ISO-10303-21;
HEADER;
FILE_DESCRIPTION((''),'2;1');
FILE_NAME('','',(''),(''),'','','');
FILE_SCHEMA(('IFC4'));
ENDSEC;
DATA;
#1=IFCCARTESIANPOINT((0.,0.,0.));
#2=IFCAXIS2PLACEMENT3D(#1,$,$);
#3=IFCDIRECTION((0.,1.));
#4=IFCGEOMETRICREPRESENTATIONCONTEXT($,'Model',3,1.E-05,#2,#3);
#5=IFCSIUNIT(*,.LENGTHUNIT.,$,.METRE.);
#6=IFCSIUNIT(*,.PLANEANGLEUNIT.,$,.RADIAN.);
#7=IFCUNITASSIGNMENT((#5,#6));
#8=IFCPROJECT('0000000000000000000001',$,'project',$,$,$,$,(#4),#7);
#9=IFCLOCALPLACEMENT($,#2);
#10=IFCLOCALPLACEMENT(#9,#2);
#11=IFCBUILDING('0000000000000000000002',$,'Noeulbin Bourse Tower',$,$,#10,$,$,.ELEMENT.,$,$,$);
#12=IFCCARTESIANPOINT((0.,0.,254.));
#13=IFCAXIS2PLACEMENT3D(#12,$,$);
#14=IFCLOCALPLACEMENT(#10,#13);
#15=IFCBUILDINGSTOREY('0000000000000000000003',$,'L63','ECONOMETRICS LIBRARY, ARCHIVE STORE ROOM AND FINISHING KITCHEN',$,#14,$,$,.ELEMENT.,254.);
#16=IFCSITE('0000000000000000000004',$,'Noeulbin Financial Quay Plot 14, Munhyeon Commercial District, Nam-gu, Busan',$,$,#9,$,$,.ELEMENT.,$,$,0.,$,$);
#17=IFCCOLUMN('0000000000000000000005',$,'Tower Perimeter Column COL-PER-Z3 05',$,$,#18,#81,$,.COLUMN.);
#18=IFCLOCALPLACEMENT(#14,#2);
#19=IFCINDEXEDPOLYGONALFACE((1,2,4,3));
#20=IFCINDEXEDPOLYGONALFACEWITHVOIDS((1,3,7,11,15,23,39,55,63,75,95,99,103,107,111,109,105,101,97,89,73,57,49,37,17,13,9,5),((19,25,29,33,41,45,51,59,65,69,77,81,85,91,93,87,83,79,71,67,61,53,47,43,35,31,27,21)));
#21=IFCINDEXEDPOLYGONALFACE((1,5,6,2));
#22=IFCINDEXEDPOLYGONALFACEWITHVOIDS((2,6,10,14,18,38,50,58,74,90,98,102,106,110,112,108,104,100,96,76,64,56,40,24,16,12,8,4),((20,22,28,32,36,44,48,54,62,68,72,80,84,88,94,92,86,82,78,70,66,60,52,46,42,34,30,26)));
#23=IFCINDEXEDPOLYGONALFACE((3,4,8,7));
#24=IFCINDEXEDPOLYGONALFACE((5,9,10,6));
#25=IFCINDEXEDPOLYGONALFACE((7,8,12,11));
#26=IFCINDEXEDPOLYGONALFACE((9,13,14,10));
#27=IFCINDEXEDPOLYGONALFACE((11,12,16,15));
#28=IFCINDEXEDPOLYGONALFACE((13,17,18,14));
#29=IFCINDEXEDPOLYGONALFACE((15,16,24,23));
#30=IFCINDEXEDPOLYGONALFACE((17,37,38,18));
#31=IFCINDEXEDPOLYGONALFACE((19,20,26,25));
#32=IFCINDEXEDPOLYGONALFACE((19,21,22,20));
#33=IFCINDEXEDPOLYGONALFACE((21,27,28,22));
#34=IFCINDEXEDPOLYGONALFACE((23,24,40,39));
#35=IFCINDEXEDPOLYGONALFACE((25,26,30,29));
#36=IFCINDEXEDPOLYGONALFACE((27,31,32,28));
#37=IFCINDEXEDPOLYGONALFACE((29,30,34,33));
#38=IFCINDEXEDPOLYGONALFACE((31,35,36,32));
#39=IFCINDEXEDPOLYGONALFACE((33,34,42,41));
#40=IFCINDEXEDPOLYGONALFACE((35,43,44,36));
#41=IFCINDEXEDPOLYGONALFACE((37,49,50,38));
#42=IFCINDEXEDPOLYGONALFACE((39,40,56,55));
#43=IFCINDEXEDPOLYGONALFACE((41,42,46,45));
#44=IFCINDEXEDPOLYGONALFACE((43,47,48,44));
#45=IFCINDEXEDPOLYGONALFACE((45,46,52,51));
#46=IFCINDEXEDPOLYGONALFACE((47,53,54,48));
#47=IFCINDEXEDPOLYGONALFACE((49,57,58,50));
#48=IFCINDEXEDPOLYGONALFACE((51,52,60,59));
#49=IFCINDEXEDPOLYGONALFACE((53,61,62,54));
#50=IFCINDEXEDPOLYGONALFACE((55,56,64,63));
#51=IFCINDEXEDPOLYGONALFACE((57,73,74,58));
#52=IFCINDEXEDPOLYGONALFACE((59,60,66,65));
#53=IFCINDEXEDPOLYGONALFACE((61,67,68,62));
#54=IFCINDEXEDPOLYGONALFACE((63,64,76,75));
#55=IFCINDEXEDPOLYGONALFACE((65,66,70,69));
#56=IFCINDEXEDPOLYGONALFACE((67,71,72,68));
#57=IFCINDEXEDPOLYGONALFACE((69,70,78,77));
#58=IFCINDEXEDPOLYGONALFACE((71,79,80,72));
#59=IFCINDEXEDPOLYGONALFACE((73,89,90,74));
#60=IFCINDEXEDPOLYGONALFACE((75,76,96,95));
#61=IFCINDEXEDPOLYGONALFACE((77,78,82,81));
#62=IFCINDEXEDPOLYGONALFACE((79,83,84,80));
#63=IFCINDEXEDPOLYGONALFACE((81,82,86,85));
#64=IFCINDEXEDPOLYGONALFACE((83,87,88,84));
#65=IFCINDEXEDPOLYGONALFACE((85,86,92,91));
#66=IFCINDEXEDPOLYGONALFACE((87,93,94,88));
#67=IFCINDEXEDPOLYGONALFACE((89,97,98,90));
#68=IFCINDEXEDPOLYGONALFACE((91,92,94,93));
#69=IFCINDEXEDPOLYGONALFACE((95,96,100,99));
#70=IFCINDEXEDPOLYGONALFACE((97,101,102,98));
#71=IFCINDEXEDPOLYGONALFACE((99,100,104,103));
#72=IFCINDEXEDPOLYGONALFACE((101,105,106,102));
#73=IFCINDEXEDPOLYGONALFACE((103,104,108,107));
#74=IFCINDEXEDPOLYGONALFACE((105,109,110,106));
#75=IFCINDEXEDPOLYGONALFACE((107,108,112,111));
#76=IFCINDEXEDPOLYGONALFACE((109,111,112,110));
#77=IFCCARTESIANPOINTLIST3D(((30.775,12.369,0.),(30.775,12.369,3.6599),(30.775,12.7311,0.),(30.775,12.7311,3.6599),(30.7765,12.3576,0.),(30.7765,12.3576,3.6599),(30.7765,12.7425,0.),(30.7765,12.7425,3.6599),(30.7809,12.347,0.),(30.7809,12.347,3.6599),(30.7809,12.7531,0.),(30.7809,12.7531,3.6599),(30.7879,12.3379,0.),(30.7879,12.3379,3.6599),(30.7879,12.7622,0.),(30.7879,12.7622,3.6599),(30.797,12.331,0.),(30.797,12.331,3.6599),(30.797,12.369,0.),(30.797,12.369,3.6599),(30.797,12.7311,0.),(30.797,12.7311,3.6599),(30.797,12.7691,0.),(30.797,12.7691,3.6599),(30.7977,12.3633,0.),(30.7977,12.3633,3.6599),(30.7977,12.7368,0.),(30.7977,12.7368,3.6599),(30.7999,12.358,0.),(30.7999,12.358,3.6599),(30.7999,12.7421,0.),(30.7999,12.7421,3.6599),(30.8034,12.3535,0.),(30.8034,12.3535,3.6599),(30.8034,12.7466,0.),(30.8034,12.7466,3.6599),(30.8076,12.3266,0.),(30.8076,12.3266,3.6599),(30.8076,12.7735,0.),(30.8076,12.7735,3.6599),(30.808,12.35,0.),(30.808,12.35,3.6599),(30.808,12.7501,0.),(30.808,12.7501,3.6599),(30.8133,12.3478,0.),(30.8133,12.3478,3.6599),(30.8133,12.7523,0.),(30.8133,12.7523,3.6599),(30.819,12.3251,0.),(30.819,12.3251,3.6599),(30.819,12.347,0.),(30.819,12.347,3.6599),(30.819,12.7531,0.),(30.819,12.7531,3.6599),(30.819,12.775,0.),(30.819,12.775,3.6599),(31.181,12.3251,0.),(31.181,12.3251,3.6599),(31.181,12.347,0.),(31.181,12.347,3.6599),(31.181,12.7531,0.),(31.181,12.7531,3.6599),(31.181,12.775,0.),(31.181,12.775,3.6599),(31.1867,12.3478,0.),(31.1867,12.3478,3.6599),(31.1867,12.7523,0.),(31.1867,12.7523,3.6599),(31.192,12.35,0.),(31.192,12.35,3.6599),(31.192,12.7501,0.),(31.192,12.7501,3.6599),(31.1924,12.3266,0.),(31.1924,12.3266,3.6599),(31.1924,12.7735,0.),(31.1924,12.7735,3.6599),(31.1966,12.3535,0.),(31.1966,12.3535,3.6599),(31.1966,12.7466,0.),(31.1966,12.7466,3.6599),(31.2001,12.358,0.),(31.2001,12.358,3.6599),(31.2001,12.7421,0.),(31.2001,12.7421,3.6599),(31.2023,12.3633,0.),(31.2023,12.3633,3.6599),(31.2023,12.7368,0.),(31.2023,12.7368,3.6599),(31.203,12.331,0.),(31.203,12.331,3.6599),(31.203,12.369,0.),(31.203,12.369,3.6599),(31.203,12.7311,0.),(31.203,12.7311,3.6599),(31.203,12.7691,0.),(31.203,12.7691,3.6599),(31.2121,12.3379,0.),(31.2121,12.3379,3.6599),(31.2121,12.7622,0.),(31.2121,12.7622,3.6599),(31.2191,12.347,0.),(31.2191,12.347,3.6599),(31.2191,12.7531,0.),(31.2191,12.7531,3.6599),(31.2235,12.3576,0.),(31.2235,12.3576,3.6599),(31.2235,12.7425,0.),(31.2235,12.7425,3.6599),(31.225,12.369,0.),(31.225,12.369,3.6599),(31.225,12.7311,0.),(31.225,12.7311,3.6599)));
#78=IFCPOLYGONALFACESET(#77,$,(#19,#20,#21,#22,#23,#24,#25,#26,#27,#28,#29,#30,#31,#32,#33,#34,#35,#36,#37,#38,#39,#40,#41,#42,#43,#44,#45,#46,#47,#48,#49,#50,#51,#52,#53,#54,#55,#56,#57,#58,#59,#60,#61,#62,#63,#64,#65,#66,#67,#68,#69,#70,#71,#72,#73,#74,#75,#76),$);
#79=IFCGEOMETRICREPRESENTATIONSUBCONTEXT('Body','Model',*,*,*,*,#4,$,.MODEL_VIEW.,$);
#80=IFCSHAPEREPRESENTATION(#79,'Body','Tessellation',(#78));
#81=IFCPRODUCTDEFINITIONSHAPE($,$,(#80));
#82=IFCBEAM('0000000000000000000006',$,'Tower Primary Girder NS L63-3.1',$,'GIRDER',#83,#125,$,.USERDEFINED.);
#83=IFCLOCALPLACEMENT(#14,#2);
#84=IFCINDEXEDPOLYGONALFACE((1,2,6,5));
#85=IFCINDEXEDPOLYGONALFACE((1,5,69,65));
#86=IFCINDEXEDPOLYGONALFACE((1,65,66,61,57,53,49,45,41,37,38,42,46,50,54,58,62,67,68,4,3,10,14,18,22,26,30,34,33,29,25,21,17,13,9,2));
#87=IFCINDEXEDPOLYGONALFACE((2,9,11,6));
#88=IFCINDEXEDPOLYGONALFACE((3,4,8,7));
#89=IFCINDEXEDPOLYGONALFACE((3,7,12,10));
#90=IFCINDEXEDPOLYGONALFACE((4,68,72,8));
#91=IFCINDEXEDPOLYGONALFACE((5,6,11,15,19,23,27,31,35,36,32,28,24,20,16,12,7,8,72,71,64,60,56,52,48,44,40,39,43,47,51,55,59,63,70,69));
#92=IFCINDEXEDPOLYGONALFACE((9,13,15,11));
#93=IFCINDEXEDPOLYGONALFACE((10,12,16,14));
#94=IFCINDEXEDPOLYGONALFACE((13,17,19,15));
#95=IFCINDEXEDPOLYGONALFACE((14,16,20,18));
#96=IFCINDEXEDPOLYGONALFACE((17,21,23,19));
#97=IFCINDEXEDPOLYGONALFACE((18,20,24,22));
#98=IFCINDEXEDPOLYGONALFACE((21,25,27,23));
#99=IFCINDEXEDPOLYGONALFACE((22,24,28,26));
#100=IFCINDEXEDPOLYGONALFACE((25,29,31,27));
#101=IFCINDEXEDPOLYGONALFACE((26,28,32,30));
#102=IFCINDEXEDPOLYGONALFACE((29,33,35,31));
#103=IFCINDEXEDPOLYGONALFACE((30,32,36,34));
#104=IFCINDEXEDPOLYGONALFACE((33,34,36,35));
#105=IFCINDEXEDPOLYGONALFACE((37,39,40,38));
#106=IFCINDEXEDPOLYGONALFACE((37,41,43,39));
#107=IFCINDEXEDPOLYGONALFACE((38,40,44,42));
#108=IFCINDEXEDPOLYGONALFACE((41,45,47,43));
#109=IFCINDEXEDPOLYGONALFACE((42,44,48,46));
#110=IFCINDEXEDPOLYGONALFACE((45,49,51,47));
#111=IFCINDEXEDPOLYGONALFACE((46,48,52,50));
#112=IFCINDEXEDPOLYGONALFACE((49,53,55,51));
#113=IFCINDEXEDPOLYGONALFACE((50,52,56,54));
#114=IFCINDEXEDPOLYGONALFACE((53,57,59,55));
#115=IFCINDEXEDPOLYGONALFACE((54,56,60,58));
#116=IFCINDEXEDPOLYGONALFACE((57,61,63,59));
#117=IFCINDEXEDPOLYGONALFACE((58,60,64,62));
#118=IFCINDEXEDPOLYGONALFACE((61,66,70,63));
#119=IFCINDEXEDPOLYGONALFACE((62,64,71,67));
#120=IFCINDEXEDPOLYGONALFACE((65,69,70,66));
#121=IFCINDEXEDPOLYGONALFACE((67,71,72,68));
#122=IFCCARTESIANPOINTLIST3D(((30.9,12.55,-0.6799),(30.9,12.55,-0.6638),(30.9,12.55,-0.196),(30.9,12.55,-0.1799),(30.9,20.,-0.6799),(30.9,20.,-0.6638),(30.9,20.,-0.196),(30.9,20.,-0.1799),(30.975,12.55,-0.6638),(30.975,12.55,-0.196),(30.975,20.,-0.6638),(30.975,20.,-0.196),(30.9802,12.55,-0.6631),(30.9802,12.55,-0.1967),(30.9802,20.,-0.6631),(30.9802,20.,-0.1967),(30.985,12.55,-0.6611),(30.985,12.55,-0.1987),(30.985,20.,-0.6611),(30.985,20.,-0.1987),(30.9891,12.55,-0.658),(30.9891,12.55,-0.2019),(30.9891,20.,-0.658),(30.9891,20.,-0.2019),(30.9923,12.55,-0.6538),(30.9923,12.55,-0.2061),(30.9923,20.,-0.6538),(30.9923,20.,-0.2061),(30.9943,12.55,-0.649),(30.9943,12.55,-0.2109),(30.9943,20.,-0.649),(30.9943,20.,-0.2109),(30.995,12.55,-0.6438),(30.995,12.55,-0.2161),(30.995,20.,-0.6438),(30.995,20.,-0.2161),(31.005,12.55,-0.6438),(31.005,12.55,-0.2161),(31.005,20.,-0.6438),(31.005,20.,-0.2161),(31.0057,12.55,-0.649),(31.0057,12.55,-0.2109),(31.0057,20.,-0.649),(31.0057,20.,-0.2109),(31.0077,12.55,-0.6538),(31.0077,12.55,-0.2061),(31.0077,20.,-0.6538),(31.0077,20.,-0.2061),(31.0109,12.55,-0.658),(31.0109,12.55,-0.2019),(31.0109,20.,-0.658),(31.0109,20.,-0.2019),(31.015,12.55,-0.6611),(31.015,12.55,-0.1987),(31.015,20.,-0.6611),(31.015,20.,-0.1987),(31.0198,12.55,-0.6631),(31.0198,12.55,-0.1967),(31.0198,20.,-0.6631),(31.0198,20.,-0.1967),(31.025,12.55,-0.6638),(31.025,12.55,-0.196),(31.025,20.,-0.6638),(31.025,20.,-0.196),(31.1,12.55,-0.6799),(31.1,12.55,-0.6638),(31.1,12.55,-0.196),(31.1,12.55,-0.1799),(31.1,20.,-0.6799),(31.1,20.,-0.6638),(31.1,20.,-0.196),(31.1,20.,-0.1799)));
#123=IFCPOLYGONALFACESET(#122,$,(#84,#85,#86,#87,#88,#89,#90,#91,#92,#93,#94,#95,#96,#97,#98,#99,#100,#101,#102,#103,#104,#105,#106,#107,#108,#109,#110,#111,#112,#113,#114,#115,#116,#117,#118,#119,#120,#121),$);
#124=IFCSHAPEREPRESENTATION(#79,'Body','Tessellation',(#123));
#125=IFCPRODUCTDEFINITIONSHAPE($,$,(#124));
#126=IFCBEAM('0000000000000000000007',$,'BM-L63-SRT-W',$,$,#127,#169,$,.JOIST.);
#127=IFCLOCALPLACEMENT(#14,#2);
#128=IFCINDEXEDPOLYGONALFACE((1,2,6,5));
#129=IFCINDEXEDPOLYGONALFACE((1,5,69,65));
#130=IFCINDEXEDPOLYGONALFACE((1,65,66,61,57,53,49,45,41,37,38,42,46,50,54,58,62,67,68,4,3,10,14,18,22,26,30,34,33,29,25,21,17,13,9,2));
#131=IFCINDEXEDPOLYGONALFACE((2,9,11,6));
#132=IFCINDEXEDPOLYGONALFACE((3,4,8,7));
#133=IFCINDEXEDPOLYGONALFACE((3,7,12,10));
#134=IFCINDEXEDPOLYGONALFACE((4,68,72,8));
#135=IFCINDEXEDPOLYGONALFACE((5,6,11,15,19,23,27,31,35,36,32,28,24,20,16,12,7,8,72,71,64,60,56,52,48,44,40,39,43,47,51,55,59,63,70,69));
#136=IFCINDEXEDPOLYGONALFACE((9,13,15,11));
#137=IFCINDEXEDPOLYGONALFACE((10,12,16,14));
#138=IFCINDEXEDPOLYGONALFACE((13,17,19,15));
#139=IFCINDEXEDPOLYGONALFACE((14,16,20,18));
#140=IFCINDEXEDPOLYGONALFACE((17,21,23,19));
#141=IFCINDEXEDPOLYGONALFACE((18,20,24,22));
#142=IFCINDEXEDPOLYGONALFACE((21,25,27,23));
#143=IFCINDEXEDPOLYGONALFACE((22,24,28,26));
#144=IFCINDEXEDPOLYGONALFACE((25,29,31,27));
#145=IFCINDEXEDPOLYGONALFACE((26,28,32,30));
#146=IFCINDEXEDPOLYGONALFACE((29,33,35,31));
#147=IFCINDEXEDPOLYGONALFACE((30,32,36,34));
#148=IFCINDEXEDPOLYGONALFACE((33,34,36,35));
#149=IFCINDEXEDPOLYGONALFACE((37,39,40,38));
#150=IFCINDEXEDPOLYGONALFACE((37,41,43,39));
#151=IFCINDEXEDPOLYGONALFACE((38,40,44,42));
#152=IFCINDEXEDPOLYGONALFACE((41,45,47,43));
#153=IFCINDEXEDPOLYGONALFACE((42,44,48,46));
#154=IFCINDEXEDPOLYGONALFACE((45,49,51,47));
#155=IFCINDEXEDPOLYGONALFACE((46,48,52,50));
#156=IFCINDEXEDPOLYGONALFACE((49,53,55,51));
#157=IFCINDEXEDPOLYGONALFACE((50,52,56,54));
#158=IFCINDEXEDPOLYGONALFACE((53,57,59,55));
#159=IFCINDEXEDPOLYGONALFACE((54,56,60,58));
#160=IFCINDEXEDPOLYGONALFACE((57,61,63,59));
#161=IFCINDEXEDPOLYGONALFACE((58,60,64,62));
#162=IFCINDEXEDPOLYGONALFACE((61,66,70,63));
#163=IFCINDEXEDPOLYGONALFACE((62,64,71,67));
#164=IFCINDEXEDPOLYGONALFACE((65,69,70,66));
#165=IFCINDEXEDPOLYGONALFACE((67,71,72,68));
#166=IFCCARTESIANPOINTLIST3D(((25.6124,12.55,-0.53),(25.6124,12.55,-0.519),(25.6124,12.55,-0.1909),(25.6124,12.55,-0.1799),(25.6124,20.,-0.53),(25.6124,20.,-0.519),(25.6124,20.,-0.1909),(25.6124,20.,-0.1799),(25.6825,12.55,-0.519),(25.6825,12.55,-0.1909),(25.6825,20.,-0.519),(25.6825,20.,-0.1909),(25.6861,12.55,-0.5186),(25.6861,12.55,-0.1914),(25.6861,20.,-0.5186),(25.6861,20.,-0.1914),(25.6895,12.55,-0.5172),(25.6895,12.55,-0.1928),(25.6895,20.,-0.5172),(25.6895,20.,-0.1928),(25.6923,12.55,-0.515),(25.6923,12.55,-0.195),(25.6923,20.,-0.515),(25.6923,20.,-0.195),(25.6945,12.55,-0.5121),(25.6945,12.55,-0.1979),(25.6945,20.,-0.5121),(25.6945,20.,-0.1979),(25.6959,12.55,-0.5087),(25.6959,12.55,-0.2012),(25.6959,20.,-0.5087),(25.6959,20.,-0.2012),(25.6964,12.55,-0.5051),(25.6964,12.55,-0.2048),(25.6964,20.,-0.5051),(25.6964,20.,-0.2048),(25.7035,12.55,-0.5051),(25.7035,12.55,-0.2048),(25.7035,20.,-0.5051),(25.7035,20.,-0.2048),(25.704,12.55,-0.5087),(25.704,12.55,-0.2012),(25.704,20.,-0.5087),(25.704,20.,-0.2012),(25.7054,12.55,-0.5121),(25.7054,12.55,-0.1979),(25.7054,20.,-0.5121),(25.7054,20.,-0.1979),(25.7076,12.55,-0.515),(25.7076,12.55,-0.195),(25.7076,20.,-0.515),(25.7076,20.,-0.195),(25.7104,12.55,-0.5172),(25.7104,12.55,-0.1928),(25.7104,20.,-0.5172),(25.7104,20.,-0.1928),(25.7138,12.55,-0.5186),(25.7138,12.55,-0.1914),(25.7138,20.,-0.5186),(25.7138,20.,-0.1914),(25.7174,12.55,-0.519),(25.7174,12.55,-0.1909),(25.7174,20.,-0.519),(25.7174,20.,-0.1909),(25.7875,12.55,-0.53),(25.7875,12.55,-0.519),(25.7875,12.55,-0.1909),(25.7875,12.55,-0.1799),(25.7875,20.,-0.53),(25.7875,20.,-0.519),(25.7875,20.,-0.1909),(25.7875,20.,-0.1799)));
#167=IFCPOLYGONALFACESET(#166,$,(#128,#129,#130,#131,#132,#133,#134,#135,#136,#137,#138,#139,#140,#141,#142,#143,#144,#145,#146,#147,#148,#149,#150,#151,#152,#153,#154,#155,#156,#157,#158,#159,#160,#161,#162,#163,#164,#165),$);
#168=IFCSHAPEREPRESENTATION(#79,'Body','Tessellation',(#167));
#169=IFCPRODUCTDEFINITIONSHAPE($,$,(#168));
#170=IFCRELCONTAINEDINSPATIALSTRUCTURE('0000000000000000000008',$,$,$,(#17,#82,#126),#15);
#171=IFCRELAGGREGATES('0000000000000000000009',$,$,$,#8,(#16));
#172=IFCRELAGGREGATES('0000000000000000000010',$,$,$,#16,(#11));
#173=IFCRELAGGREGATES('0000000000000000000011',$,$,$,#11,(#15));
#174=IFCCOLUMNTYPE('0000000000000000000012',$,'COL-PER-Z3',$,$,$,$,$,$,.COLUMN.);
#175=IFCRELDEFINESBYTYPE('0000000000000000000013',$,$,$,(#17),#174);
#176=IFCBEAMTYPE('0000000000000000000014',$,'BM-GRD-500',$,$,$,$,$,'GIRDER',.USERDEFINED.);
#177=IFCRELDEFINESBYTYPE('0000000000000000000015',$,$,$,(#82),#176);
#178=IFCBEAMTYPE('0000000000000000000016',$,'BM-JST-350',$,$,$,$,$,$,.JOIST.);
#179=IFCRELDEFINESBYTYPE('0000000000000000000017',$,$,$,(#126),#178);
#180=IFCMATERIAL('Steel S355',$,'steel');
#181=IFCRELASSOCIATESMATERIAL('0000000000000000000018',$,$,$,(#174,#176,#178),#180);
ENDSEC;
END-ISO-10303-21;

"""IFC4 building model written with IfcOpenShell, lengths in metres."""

from ifc_helpers import new_model, si_unit, direction, frame, origin, origin_2d, place, context, subcontext, project, spatial, hollow_rectangle, i_section, extrude, material, material_profile, profile_set, type_object, element, save


model = new_model("IFC4")

# Units and contexts
model_context = context("Model", 3, precision=1e-05, world=origin(), true_north=direction((0.0, 1.0)))
body_context = subcontext(model_context, "Body", "Model", "MODEL_VIEW")
ifc_project = project(units=[si_unit("LENGTHUNIT", "METRE"), si_unit("PLANEANGLEUNIT", "RADIAN")], contexts=[model_context])

# Site, building, storey
site_placement = place(None, origin())
site = spatial("IfcSite", under=ifc_project, at=site_placement, Name="Noeulbin Financial Quay Plot 14, Munhyeon Commercial District, Nam-gu, Busan", CompositionType="ELEMENT", RefElevation=0.0)
building_placement = place(site_placement, origin())
building = spatial("IfcBuilding", under=site, at=building_placement, Name="Noeulbin Bourse Tower", CompositionType="ELEMENT")
storey_placement = place(building_placement, frame((0.0, 0.0, 254.0)))
storey = spatial("IfcBuildingStorey", under=building, at=storey_placement, Name="L63", Description="ECONOMETRICS LIBRARY, ARCHIVE STORE ROOM AND FINISHING KITCHEN", CompositionType="ELEMENT", Elevation=254.0)

# Column
ifc_material_1 = material(Name="Steel S355", Category="steel")
ifc_material_profile_1 = material_profile(ifc_material_1, hollow_rectangle(XDim=0.45, YDim=0.45, WallThickness=0.022, InnerFilletRadius=0.022, OuterFilletRadius=0.0439, at=origin_2d()), Name="SHS-450x450x22", Category="LoadBearing")
ifc_profile_set_1 = profile_set([ifc_material_profile_1], Name="Steel S355")
column_type = type_object("IfcColumnType", Name="COL-PER-Z3", PredefinedType="COLUMN", material=ifc_profile_set_1)
column_placement = place(storey_placement, frame((31.0, 12.55, 0.0), z_axis=(0.0, 0.0, 1.0), x_axis=(1.0, 0.0, 0.0)))
element("IfcColumn", 1, at=column_placement, inside=storey, type_object=column_type, Name="Tower Perimeter Column COL-PER-Z3 05", PredefinedType="COLUMN", context=body_context, shape_type="SweptSolid", body=[
    extrude(hollow_rectangle(XDim=0.45, YDim=0.45, WallThickness=0.022, InnerFilletRadius=0.022, OuterFilletRadius=0.0439, at=origin_2d()), origin(), (0.0, 0.0, 1.0), 3.6599),
])

# Beams
ifc_material_profile_2 = material_profile(ifc_material_1, i_section(OverallWidth=0.2, OverallDepth=0.5, WebThickness=0.01, FlangeThickness=0.0161, FilletRadius=0.02, at=origin_2d()), Name="H-500x200x10x16", Category="LoadBearing")
ifc_profile_set_2 = profile_set([ifc_material_profile_2], Name="Steel S355")
beam_type_1 = type_object("IfcBeamType", Name="BM-GRD-500", ElementType="GIRDER", PredefinedType="USERDEFINED", material=ifc_profile_set_2)
beam_1_placement = place(storey_placement, frame((31.0, 12.55, -0.4299), z_axis=(0.0, 1.0, 0.0), x_axis=(-1.0, 0.0, 0.0)))
element("IfcBeam", 2, at=beam_1_placement, inside=storey, type_object=beam_type_1, Name="Tower Primary Girder NS L63-3.1", ObjectType="GIRDER", PredefinedType="USERDEFINED", context=body_context, shape_type="SweptSolid", body=[
    extrude(i_section(OverallWidth=0.2, OverallDepth=0.5, WebThickness=0.01, FlangeThickness=0.0161, FilletRadius=0.02, at=origin_2d()), origin(), (0.0, 0.0, 1.0), 7.45),
])
ifc_material_profile_3 = material_profile(ifc_material_1, i_section(OverallWidth=0.175, OverallDepth=0.3501, WebThickness=0.0071, FlangeThickness=0.011, FilletRadius=0.0139, at=origin_2d()), Name="H-350x175x7x11", Category="LoadBearing")
ifc_profile_set_3 = profile_set([ifc_material_profile_3], Name="Steel S355")
beam_type_2 = type_object("IfcBeamType", Name="BM-JST-350", PredefinedType="JOIST", material=ifc_profile_set_3)
for number, where, z_axis, x_axis, name in (
    (3, (25.7, 12.55, -0.355), (0.0, 1.0, 0.0), (-1.0, 0.0, 0.0), "BM-L63-SRT-W"),
):
    element("IfcBeam", number, at=place(storey_placement, frame(where, z_axis=z_axis, x_axis=x_axis)), inside=storey, type_object=beam_type_2, Name=name, PredefinedType="JOIST", context=body_context, shape_type="SweptSolid", body=[
        extrude(i_section(OverallWidth=0.175, OverallDepth=0.3501, WebThickness=0.0071, FlangeThickness=0.011, FilletRadius=0.0139, at=origin_2d()), origin(), (0.0, 0.0, 1.0), 7.45),
    ])

save(model, "model.ifc")
